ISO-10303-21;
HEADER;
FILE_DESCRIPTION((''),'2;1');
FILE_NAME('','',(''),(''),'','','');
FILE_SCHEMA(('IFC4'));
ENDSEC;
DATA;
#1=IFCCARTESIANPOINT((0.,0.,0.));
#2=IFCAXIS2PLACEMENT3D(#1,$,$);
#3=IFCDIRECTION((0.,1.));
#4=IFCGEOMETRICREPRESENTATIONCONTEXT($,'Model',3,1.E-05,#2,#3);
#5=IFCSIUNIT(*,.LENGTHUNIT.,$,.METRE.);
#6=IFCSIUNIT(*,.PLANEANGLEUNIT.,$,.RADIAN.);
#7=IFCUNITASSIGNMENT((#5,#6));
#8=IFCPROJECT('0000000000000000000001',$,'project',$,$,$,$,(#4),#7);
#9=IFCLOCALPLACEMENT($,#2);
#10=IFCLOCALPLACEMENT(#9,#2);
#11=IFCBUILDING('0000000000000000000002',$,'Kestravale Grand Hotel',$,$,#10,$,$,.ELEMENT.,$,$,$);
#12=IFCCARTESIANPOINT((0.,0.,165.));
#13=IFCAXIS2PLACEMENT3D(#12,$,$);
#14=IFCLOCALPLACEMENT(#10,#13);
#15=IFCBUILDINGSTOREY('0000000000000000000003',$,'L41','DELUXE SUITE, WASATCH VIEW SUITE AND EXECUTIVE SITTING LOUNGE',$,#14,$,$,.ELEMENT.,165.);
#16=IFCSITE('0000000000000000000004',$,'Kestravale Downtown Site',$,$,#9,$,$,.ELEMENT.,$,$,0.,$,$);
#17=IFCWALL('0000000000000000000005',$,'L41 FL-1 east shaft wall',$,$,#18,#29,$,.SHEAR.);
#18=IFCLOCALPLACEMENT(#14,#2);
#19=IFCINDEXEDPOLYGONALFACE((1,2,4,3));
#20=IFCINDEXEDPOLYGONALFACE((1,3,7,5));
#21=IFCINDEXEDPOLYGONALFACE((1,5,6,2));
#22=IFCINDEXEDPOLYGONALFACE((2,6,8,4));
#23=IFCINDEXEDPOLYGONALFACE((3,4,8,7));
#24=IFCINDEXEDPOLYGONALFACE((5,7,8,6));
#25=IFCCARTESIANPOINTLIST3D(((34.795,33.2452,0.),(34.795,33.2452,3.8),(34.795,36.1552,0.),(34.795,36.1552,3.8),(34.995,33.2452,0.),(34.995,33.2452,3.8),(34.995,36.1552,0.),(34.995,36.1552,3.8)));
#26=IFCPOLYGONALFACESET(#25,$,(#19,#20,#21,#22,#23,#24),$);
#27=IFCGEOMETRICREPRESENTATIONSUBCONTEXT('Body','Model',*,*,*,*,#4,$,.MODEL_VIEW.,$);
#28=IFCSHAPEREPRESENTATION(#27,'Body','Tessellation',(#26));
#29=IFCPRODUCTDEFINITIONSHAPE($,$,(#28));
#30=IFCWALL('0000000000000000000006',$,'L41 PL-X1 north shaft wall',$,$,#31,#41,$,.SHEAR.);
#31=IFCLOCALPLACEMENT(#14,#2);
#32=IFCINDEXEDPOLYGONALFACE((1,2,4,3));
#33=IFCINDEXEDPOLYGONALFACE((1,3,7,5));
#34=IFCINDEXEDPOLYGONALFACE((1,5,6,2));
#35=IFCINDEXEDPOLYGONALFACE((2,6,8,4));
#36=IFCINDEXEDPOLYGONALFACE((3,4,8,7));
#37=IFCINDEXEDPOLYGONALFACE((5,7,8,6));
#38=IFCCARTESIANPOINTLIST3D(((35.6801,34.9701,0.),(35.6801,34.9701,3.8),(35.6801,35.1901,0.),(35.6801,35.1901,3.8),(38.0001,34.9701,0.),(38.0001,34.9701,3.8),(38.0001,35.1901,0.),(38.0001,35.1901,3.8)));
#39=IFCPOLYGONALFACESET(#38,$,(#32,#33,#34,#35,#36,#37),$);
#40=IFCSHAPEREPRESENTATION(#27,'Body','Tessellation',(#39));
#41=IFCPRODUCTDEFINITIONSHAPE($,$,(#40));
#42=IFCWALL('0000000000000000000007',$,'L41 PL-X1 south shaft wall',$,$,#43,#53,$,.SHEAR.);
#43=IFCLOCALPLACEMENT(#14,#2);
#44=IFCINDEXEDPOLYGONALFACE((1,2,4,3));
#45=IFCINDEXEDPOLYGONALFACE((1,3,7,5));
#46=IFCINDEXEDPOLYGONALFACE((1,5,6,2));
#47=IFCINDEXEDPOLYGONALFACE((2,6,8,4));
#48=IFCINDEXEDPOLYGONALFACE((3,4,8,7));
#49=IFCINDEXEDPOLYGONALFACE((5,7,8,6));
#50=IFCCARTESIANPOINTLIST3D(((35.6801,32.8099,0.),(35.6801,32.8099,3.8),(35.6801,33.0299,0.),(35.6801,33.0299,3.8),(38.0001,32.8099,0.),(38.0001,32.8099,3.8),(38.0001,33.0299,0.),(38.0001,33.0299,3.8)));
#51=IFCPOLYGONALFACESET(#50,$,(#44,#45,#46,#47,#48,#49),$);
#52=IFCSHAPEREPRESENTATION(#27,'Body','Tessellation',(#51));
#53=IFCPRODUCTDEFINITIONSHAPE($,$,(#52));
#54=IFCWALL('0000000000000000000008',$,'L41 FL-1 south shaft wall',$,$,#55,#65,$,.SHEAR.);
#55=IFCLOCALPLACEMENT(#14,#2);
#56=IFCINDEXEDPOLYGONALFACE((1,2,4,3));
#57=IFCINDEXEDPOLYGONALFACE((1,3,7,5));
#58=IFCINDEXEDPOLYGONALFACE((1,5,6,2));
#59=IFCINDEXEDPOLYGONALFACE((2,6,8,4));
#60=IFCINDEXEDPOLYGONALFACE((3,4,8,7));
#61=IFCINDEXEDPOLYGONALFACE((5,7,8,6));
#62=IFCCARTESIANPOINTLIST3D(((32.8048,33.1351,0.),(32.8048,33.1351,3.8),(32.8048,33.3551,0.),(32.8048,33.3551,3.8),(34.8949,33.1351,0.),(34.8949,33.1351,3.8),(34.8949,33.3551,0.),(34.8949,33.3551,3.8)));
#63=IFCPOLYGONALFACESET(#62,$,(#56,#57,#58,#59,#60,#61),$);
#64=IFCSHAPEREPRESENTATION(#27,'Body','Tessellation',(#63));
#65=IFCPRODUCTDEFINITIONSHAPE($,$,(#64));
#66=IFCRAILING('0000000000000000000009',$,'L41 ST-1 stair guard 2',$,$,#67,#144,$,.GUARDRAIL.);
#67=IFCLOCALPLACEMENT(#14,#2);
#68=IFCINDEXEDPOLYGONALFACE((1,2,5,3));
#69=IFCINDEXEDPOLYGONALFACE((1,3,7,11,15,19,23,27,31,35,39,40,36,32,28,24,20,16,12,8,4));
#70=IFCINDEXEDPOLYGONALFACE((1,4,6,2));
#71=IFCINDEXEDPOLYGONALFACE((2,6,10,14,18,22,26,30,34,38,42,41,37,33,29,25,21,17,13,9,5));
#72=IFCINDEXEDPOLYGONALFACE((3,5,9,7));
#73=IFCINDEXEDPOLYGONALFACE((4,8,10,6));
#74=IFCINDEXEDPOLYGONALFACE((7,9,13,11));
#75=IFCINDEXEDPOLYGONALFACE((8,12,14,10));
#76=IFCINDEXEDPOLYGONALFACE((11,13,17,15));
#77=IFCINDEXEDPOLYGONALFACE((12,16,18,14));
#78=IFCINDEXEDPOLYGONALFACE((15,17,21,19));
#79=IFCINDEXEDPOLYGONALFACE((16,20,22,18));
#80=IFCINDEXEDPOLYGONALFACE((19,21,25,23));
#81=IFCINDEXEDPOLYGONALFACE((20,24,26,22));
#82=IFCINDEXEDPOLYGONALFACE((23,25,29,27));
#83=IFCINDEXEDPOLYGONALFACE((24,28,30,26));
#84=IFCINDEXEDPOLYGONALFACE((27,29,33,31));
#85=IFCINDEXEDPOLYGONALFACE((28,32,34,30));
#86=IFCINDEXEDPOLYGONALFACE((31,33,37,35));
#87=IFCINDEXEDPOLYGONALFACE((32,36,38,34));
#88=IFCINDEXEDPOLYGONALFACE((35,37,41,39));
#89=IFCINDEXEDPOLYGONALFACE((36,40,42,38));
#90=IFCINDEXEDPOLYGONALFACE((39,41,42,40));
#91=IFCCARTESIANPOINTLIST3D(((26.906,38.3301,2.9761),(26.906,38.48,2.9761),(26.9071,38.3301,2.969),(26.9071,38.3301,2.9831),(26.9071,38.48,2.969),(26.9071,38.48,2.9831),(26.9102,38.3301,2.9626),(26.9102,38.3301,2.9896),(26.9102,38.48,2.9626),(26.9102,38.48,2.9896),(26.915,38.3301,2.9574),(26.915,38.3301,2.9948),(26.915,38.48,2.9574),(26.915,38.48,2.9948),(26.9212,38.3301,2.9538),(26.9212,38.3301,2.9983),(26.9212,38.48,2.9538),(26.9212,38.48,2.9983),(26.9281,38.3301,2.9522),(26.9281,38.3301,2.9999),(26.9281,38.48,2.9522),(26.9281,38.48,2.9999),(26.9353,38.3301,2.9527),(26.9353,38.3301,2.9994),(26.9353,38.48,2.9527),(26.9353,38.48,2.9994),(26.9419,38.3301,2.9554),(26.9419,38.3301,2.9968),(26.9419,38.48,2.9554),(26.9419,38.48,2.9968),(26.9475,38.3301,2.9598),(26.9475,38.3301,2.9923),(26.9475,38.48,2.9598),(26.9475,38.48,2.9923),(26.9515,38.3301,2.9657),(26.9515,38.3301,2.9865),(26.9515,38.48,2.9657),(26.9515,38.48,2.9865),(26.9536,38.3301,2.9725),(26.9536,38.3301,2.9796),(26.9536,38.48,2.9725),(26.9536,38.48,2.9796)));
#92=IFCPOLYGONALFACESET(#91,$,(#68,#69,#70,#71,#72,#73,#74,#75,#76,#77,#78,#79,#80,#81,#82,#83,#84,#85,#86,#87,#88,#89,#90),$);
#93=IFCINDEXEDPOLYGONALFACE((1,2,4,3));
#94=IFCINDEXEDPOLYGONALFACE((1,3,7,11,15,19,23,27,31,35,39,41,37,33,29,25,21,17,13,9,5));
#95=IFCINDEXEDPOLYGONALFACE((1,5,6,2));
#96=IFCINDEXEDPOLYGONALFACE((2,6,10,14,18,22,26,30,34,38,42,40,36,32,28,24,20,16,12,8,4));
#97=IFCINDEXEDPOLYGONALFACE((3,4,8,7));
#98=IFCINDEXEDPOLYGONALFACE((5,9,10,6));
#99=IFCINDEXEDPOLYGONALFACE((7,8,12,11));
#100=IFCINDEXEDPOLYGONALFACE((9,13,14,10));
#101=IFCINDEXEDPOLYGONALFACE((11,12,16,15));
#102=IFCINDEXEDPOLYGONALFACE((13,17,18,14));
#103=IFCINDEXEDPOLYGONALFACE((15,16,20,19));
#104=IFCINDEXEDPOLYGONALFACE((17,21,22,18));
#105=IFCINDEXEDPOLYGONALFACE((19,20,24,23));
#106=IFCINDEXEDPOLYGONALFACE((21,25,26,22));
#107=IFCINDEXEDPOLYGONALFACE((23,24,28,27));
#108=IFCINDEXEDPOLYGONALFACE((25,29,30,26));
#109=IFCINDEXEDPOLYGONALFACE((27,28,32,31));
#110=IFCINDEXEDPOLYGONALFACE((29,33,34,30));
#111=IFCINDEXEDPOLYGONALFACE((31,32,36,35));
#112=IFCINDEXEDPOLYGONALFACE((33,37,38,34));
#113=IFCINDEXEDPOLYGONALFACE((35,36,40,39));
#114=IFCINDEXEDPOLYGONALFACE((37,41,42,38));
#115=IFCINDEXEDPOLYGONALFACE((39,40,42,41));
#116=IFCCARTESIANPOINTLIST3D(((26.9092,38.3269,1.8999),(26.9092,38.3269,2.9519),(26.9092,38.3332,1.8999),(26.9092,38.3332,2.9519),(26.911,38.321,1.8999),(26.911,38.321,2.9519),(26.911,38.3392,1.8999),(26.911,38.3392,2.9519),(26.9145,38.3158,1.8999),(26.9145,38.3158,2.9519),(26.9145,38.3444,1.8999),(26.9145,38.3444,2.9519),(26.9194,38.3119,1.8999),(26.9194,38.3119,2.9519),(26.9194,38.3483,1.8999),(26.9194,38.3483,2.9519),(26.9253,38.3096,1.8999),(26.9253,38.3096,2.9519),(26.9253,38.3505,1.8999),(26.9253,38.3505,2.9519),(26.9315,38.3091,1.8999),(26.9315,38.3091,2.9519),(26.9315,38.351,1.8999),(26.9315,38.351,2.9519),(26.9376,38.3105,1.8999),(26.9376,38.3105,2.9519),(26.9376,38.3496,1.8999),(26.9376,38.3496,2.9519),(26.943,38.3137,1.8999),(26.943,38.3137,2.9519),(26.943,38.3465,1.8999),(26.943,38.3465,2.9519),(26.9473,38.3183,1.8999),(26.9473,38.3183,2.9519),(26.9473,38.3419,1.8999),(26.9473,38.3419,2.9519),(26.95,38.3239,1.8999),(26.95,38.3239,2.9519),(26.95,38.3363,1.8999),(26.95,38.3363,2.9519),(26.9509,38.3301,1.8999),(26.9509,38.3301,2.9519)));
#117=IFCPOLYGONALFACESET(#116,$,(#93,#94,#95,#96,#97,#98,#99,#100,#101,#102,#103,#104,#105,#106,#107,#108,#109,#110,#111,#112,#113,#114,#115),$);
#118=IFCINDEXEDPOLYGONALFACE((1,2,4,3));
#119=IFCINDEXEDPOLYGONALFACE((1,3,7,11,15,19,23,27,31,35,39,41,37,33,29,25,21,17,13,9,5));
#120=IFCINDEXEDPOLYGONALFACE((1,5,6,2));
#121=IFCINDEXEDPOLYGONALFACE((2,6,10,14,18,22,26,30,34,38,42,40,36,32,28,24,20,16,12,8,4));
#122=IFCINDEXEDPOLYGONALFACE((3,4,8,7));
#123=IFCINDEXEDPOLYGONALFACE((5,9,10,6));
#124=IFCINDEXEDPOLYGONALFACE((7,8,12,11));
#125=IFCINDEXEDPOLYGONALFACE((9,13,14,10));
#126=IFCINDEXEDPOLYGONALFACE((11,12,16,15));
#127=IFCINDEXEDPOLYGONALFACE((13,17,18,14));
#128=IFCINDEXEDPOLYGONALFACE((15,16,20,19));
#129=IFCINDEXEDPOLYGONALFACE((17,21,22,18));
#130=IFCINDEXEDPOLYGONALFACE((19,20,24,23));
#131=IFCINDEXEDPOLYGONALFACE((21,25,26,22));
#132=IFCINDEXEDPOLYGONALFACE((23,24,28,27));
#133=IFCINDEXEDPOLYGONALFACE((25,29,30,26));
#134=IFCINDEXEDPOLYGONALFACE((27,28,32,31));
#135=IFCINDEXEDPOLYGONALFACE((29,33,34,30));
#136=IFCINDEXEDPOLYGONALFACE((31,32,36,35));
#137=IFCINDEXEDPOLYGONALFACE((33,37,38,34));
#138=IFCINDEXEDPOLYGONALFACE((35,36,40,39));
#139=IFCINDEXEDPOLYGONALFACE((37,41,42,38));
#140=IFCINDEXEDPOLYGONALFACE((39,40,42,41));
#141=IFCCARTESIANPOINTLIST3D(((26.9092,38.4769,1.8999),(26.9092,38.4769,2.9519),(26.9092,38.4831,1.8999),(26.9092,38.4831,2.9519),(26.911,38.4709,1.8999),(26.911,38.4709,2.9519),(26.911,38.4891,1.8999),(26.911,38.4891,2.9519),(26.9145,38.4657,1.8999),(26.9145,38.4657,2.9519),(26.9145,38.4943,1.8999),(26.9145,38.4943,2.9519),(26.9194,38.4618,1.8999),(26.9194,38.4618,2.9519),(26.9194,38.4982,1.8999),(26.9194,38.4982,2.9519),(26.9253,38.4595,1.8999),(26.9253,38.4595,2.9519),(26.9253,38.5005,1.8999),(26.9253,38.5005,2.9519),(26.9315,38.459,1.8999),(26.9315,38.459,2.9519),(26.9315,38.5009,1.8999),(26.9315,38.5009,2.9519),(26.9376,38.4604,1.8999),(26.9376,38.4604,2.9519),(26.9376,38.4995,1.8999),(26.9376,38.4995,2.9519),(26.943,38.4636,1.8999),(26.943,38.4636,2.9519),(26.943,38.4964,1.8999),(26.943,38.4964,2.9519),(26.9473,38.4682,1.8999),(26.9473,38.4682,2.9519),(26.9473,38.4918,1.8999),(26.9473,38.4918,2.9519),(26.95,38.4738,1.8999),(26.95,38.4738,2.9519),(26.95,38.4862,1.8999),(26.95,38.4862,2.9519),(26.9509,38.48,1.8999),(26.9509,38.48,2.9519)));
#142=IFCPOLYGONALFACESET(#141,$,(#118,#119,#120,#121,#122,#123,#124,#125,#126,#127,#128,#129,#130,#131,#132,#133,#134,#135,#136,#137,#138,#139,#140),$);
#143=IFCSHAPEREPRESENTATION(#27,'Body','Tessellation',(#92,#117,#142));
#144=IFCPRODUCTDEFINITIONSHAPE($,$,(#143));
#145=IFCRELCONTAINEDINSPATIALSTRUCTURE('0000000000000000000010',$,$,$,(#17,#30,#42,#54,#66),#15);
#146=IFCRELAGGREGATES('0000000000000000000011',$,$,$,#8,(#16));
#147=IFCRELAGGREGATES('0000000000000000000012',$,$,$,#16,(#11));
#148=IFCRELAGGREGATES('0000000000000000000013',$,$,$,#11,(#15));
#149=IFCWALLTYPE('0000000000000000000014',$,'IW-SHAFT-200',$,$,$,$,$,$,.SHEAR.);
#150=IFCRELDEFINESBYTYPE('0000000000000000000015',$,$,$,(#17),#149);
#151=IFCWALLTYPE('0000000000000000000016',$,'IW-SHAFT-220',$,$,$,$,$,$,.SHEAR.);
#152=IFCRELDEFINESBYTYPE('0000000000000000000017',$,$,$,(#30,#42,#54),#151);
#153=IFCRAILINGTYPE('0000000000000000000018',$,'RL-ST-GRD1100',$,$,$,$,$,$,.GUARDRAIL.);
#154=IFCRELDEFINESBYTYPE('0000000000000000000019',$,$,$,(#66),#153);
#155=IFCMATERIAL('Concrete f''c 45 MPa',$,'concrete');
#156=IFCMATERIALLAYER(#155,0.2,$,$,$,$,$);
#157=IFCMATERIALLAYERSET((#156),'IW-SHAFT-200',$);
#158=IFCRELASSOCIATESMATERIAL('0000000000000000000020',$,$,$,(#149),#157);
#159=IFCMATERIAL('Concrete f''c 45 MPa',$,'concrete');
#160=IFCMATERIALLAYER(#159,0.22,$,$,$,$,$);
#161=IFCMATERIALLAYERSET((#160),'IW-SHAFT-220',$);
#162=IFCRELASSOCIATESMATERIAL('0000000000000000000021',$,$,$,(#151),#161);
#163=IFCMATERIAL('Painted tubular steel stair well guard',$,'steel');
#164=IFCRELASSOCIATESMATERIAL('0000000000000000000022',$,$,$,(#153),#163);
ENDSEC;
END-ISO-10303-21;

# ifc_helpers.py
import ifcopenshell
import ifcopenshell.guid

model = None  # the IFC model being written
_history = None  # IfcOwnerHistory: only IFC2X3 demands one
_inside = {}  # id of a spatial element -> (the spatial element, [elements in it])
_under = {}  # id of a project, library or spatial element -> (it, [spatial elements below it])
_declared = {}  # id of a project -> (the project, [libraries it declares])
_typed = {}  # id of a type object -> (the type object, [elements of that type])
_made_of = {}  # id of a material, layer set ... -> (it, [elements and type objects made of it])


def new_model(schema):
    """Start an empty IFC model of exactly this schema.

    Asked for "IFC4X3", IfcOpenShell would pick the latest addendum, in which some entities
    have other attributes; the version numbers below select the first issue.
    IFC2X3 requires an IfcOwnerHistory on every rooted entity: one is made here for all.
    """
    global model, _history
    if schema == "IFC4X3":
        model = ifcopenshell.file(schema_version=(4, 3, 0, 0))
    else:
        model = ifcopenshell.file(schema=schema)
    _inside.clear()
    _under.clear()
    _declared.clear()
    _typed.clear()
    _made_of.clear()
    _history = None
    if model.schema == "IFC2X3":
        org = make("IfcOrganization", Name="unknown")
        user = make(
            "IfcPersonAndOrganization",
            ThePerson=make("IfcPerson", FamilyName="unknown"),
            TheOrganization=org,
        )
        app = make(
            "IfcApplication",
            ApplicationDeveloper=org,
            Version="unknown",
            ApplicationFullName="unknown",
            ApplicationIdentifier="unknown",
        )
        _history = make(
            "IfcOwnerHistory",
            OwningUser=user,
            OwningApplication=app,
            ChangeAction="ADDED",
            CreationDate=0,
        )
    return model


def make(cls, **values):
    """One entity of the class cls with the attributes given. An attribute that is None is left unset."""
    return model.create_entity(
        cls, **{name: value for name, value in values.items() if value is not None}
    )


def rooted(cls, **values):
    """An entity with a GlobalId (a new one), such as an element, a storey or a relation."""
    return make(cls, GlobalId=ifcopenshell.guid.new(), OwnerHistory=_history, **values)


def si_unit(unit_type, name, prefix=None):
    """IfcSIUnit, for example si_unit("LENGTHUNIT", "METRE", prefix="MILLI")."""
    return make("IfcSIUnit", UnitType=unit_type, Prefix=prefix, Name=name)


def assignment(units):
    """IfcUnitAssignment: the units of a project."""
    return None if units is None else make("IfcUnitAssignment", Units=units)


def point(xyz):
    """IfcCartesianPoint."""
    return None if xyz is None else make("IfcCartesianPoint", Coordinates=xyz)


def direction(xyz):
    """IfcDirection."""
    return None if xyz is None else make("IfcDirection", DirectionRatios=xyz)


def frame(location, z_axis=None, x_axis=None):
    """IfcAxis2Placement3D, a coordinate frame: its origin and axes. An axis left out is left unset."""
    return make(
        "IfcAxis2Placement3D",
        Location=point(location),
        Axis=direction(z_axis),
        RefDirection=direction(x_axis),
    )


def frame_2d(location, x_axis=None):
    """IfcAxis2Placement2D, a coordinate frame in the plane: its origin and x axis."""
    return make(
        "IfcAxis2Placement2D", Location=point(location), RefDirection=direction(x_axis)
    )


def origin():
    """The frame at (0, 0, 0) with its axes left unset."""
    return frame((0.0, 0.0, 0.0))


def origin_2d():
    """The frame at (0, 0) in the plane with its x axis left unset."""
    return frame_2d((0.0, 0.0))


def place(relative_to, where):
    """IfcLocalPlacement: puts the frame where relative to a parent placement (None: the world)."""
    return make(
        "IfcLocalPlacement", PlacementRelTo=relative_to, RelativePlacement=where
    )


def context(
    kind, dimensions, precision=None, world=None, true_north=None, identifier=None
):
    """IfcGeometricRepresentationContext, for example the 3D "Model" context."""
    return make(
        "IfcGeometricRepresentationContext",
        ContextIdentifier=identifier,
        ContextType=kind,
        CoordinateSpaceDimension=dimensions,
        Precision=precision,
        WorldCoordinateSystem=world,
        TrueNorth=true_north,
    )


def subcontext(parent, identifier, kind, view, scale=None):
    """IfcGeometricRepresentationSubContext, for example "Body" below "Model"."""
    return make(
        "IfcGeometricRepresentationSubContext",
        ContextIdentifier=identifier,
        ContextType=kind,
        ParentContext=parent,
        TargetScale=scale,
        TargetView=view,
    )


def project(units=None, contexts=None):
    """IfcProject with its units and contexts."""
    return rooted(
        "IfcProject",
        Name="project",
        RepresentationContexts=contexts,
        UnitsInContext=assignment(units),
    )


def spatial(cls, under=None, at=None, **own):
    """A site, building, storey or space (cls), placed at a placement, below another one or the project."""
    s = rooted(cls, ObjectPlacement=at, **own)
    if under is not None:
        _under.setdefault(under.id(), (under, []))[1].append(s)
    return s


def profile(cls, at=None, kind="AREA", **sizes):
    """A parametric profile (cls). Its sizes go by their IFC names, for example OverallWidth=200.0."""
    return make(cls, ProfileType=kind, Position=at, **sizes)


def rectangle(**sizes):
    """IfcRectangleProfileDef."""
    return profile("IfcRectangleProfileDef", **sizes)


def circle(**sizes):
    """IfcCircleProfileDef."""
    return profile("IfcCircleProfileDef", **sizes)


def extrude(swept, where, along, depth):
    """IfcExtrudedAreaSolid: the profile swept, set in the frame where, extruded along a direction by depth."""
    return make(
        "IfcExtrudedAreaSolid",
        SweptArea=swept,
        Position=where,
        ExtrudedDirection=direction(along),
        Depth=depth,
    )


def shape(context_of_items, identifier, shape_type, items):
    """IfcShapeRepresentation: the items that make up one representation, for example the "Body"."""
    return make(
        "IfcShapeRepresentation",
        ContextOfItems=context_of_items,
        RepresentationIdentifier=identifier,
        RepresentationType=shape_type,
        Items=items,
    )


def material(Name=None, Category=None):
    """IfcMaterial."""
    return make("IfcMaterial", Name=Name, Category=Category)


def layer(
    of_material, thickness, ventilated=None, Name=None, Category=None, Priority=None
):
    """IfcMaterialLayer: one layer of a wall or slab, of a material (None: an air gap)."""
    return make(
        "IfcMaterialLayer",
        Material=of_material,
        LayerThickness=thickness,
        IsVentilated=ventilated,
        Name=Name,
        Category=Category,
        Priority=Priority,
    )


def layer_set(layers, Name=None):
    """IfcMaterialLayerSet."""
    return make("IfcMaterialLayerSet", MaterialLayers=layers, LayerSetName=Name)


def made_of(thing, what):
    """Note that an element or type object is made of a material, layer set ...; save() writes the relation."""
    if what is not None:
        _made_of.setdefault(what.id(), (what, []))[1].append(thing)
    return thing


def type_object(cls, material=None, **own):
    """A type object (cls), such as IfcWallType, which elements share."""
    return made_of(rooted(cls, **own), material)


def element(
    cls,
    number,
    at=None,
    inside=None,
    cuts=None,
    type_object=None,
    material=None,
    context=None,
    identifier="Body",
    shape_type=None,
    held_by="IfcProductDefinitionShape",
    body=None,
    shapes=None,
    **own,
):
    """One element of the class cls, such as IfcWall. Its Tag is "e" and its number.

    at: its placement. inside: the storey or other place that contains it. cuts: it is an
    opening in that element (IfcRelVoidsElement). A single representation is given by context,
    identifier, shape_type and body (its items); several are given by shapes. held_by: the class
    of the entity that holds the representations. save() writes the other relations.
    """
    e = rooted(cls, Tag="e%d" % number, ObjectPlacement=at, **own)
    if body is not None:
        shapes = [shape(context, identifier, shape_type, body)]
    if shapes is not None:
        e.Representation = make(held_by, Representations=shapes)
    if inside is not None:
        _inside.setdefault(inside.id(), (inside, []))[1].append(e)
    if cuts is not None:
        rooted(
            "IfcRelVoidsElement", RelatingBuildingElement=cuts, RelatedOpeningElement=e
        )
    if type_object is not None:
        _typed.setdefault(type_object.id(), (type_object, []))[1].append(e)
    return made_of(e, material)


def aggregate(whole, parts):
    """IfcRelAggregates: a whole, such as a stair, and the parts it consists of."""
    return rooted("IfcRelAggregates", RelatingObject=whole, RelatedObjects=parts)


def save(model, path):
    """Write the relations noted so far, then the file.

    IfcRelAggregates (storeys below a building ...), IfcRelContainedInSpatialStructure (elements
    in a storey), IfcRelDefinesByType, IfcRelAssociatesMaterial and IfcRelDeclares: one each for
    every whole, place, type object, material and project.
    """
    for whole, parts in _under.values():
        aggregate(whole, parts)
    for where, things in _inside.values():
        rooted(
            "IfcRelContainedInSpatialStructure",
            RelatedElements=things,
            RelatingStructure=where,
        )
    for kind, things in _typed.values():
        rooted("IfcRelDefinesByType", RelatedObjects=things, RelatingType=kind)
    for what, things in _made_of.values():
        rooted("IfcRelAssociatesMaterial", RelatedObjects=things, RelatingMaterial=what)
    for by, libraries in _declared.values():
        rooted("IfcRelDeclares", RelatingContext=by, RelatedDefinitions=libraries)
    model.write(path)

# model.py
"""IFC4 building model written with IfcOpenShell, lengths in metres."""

from ifc_helpers import new_model, si_unit, direction, frame, frame_2d, origin, origin_2d, place, context, subcontext, project, spatial, rectangle, circle, extrude, material, layer, layer_set, type_object, element, save


model = new_model("IFC4")

# Units and contexts
model_context = context("Model", 3, precision=1e-05, world=origin(), true_north=direction((0.0, 1.0)))
body_context = subcontext(model_context, "Body", "Model", "MODEL_VIEW")
ifc_project = project(units=[si_unit("LENGTHUNIT", "METRE"), si_unit("PLANEANGLEUNIT", "RADIAN")], contexts=[model_context])

# Site, building, storey
site_placement = place(None, origin())
site = spatial("IfcSite", under=ifc_project, at=site_placement, Name="Kestravale Downtown Site", CompositionType="ELEMENT", RefElevation=0.0)
building_placement = place(site_placement, origin())
building = spatial("IfcBuilding", under=site, at=building_placement, Name="Kestravale Grand Hotel", CompositionType="ELEMENT")
storey_placement = place(building_placement, frame((0.0, 0.0, 165.0)))
storey = spatial("IfcBuildingStorey", under=building, at=storey_placement, Name="L41", Description="DELUXE SUITE, WASATCH VIEW SUITE AND EXECUTIVE SITTING LOUNGE", CompositionType="ELEMENT", Elevation=165.0)

# Walls
ifc_material_1 = material(Name="Concrete f'c 45 MPa", Category="concrete")
ifc_layer_1 = layer(ifc_material_1, 0.2)
ifc_layer_set_1 = layer_set([ifc_layer_1], Name="IW-SHAFT-200")
wall_type_1 = type_object("IfcWallType", Name="IW-SHAFT-200", PredefinedType="SHEAR", material=ifc_layer_set_1)
for number, where, z_axis, x_axis, name in (
    (1, (34.895, 33.2451, 0.0), (0.0, 0.0, 1.0), (0.0, 1.0, 0.0), "L41 FL-1 east shaft wall"),
):
    element("IfcWall", number, at=place(storey_placement, frame(where, z_axis=z_axis, x_axis=x_axis)), inside=storey, type_object=wall_type_1, Name=name, PredefinedType="SHEAR", context=body_context, shape_type="SweptSolid", body=[
        extrude(rectangle(XDim=2.9099, YDim=0.2, at=frame_2d((1.4551, 0.0))), origin(), (0.0, 0.0, 1.0), 3.8),
    ])
ifc_material_2 = material(Name="Concrete f'c 45 MPa", Category="concrete")
ifc_layer_2 = layer(ifc_material_2, 0.22)
ifc_layer_set_2 = layer_set([ifc_layer_2], Name="IW-SHAFT-220")
wall_type_2 = type_object("IfcWallType", Name="IW-SHAFT-220", PredefinedType="SHEAR", material=ifc_layer_set_2)
for number, where, z_axis, x_axis, name in (
    (2, (35.6799, 35.0801, 0.0), (0.0, 0.0, 1.0), (1.0, 0.0, 0.0), "L41 PL-X1 north shaft wall"),
    (3, (35.6799, 32.9199, 0.0), (0.0, 0.0, 1.0), (1.0, 0.0, 0.0), "L41 PL-X1 south shaft wall"),
):
    element("IfcWall", number, at=place(storey_placement, frame(where, z_axis=z_axis, x_axis=x_axis)), inside=storey, type_object=wall_type_2, Name=name, PredefinedType="SHEAR", context=body_context, shape_type="SweptSolid", body=[
        extrude(rectangle(XDim=2.3201, YDim=0.22, at=frame_2d((1.1602, 0.0))), origin(), (0.0, 0.0, 1.0), 3.8),
    ])

# Wall
wall_1_placement = place(storey_placement, frame((32.8049, 33.2451, 0.0), z_axis=(0.0, 0.0, 1.0), x_axis=(1.0, 0.0, 0.0)))
element("IfcWall", 4, at=wall_1_placement, inside=storey, type_object=wall_type_2, Name="L41 FL-1 south shaft wall", PredefinedType="SHEAR", context=body_context, shape_type="SweptSolid", body=[
    extrude(rectangle(XDim=2.0901, YDim=0.22, at=frame_2d((1.0449, 0.0))), origin(), (0.0, 0.0, 1.0), 3.8),
])

# Railing
ifc_material_3 = material(Name="Painted tubular steel stair well guard", Category="steel")
railing_type_1 = type_object("IfcRailingType", Name="RL-ST-GRD1100", PredefinedType="GUARDRAIL", material=ifc_material_3)
railing_1_placement = place(storey_placement, frame((26.9299, 38.3301, 1.8999)))
element("IfcRailing", 5, at=railing_1_placement, inside=storey, type_object=railing_type_1, Name="L41 ST-1 stair guard 2", PredefinedType="GUARDRAIL", context=body_context, shape_type="SweptSolid", body=[
    extrude(circle(Radius=0.0239, at=origin_2d()), frame((0.0, 0.0, 1.0762), z_axis=(0.0, 1.0, 0.0), x_axis=(-1.0, 0.0, 0.0)), (0.0, 0.0, 1.0), 0.1499),
    extrude(circle(Radius=0.021, at=origin_2d()), origin(), (0.0, 0.0, 1.0), 1.052),
    extrude(circle(Radius=0.021, at=origin_2d()), frame((0.0, 0.1499, 0.0)), (0.0, 0.0, 1.0), 1.052),
])

save(model, "model.ifc")
